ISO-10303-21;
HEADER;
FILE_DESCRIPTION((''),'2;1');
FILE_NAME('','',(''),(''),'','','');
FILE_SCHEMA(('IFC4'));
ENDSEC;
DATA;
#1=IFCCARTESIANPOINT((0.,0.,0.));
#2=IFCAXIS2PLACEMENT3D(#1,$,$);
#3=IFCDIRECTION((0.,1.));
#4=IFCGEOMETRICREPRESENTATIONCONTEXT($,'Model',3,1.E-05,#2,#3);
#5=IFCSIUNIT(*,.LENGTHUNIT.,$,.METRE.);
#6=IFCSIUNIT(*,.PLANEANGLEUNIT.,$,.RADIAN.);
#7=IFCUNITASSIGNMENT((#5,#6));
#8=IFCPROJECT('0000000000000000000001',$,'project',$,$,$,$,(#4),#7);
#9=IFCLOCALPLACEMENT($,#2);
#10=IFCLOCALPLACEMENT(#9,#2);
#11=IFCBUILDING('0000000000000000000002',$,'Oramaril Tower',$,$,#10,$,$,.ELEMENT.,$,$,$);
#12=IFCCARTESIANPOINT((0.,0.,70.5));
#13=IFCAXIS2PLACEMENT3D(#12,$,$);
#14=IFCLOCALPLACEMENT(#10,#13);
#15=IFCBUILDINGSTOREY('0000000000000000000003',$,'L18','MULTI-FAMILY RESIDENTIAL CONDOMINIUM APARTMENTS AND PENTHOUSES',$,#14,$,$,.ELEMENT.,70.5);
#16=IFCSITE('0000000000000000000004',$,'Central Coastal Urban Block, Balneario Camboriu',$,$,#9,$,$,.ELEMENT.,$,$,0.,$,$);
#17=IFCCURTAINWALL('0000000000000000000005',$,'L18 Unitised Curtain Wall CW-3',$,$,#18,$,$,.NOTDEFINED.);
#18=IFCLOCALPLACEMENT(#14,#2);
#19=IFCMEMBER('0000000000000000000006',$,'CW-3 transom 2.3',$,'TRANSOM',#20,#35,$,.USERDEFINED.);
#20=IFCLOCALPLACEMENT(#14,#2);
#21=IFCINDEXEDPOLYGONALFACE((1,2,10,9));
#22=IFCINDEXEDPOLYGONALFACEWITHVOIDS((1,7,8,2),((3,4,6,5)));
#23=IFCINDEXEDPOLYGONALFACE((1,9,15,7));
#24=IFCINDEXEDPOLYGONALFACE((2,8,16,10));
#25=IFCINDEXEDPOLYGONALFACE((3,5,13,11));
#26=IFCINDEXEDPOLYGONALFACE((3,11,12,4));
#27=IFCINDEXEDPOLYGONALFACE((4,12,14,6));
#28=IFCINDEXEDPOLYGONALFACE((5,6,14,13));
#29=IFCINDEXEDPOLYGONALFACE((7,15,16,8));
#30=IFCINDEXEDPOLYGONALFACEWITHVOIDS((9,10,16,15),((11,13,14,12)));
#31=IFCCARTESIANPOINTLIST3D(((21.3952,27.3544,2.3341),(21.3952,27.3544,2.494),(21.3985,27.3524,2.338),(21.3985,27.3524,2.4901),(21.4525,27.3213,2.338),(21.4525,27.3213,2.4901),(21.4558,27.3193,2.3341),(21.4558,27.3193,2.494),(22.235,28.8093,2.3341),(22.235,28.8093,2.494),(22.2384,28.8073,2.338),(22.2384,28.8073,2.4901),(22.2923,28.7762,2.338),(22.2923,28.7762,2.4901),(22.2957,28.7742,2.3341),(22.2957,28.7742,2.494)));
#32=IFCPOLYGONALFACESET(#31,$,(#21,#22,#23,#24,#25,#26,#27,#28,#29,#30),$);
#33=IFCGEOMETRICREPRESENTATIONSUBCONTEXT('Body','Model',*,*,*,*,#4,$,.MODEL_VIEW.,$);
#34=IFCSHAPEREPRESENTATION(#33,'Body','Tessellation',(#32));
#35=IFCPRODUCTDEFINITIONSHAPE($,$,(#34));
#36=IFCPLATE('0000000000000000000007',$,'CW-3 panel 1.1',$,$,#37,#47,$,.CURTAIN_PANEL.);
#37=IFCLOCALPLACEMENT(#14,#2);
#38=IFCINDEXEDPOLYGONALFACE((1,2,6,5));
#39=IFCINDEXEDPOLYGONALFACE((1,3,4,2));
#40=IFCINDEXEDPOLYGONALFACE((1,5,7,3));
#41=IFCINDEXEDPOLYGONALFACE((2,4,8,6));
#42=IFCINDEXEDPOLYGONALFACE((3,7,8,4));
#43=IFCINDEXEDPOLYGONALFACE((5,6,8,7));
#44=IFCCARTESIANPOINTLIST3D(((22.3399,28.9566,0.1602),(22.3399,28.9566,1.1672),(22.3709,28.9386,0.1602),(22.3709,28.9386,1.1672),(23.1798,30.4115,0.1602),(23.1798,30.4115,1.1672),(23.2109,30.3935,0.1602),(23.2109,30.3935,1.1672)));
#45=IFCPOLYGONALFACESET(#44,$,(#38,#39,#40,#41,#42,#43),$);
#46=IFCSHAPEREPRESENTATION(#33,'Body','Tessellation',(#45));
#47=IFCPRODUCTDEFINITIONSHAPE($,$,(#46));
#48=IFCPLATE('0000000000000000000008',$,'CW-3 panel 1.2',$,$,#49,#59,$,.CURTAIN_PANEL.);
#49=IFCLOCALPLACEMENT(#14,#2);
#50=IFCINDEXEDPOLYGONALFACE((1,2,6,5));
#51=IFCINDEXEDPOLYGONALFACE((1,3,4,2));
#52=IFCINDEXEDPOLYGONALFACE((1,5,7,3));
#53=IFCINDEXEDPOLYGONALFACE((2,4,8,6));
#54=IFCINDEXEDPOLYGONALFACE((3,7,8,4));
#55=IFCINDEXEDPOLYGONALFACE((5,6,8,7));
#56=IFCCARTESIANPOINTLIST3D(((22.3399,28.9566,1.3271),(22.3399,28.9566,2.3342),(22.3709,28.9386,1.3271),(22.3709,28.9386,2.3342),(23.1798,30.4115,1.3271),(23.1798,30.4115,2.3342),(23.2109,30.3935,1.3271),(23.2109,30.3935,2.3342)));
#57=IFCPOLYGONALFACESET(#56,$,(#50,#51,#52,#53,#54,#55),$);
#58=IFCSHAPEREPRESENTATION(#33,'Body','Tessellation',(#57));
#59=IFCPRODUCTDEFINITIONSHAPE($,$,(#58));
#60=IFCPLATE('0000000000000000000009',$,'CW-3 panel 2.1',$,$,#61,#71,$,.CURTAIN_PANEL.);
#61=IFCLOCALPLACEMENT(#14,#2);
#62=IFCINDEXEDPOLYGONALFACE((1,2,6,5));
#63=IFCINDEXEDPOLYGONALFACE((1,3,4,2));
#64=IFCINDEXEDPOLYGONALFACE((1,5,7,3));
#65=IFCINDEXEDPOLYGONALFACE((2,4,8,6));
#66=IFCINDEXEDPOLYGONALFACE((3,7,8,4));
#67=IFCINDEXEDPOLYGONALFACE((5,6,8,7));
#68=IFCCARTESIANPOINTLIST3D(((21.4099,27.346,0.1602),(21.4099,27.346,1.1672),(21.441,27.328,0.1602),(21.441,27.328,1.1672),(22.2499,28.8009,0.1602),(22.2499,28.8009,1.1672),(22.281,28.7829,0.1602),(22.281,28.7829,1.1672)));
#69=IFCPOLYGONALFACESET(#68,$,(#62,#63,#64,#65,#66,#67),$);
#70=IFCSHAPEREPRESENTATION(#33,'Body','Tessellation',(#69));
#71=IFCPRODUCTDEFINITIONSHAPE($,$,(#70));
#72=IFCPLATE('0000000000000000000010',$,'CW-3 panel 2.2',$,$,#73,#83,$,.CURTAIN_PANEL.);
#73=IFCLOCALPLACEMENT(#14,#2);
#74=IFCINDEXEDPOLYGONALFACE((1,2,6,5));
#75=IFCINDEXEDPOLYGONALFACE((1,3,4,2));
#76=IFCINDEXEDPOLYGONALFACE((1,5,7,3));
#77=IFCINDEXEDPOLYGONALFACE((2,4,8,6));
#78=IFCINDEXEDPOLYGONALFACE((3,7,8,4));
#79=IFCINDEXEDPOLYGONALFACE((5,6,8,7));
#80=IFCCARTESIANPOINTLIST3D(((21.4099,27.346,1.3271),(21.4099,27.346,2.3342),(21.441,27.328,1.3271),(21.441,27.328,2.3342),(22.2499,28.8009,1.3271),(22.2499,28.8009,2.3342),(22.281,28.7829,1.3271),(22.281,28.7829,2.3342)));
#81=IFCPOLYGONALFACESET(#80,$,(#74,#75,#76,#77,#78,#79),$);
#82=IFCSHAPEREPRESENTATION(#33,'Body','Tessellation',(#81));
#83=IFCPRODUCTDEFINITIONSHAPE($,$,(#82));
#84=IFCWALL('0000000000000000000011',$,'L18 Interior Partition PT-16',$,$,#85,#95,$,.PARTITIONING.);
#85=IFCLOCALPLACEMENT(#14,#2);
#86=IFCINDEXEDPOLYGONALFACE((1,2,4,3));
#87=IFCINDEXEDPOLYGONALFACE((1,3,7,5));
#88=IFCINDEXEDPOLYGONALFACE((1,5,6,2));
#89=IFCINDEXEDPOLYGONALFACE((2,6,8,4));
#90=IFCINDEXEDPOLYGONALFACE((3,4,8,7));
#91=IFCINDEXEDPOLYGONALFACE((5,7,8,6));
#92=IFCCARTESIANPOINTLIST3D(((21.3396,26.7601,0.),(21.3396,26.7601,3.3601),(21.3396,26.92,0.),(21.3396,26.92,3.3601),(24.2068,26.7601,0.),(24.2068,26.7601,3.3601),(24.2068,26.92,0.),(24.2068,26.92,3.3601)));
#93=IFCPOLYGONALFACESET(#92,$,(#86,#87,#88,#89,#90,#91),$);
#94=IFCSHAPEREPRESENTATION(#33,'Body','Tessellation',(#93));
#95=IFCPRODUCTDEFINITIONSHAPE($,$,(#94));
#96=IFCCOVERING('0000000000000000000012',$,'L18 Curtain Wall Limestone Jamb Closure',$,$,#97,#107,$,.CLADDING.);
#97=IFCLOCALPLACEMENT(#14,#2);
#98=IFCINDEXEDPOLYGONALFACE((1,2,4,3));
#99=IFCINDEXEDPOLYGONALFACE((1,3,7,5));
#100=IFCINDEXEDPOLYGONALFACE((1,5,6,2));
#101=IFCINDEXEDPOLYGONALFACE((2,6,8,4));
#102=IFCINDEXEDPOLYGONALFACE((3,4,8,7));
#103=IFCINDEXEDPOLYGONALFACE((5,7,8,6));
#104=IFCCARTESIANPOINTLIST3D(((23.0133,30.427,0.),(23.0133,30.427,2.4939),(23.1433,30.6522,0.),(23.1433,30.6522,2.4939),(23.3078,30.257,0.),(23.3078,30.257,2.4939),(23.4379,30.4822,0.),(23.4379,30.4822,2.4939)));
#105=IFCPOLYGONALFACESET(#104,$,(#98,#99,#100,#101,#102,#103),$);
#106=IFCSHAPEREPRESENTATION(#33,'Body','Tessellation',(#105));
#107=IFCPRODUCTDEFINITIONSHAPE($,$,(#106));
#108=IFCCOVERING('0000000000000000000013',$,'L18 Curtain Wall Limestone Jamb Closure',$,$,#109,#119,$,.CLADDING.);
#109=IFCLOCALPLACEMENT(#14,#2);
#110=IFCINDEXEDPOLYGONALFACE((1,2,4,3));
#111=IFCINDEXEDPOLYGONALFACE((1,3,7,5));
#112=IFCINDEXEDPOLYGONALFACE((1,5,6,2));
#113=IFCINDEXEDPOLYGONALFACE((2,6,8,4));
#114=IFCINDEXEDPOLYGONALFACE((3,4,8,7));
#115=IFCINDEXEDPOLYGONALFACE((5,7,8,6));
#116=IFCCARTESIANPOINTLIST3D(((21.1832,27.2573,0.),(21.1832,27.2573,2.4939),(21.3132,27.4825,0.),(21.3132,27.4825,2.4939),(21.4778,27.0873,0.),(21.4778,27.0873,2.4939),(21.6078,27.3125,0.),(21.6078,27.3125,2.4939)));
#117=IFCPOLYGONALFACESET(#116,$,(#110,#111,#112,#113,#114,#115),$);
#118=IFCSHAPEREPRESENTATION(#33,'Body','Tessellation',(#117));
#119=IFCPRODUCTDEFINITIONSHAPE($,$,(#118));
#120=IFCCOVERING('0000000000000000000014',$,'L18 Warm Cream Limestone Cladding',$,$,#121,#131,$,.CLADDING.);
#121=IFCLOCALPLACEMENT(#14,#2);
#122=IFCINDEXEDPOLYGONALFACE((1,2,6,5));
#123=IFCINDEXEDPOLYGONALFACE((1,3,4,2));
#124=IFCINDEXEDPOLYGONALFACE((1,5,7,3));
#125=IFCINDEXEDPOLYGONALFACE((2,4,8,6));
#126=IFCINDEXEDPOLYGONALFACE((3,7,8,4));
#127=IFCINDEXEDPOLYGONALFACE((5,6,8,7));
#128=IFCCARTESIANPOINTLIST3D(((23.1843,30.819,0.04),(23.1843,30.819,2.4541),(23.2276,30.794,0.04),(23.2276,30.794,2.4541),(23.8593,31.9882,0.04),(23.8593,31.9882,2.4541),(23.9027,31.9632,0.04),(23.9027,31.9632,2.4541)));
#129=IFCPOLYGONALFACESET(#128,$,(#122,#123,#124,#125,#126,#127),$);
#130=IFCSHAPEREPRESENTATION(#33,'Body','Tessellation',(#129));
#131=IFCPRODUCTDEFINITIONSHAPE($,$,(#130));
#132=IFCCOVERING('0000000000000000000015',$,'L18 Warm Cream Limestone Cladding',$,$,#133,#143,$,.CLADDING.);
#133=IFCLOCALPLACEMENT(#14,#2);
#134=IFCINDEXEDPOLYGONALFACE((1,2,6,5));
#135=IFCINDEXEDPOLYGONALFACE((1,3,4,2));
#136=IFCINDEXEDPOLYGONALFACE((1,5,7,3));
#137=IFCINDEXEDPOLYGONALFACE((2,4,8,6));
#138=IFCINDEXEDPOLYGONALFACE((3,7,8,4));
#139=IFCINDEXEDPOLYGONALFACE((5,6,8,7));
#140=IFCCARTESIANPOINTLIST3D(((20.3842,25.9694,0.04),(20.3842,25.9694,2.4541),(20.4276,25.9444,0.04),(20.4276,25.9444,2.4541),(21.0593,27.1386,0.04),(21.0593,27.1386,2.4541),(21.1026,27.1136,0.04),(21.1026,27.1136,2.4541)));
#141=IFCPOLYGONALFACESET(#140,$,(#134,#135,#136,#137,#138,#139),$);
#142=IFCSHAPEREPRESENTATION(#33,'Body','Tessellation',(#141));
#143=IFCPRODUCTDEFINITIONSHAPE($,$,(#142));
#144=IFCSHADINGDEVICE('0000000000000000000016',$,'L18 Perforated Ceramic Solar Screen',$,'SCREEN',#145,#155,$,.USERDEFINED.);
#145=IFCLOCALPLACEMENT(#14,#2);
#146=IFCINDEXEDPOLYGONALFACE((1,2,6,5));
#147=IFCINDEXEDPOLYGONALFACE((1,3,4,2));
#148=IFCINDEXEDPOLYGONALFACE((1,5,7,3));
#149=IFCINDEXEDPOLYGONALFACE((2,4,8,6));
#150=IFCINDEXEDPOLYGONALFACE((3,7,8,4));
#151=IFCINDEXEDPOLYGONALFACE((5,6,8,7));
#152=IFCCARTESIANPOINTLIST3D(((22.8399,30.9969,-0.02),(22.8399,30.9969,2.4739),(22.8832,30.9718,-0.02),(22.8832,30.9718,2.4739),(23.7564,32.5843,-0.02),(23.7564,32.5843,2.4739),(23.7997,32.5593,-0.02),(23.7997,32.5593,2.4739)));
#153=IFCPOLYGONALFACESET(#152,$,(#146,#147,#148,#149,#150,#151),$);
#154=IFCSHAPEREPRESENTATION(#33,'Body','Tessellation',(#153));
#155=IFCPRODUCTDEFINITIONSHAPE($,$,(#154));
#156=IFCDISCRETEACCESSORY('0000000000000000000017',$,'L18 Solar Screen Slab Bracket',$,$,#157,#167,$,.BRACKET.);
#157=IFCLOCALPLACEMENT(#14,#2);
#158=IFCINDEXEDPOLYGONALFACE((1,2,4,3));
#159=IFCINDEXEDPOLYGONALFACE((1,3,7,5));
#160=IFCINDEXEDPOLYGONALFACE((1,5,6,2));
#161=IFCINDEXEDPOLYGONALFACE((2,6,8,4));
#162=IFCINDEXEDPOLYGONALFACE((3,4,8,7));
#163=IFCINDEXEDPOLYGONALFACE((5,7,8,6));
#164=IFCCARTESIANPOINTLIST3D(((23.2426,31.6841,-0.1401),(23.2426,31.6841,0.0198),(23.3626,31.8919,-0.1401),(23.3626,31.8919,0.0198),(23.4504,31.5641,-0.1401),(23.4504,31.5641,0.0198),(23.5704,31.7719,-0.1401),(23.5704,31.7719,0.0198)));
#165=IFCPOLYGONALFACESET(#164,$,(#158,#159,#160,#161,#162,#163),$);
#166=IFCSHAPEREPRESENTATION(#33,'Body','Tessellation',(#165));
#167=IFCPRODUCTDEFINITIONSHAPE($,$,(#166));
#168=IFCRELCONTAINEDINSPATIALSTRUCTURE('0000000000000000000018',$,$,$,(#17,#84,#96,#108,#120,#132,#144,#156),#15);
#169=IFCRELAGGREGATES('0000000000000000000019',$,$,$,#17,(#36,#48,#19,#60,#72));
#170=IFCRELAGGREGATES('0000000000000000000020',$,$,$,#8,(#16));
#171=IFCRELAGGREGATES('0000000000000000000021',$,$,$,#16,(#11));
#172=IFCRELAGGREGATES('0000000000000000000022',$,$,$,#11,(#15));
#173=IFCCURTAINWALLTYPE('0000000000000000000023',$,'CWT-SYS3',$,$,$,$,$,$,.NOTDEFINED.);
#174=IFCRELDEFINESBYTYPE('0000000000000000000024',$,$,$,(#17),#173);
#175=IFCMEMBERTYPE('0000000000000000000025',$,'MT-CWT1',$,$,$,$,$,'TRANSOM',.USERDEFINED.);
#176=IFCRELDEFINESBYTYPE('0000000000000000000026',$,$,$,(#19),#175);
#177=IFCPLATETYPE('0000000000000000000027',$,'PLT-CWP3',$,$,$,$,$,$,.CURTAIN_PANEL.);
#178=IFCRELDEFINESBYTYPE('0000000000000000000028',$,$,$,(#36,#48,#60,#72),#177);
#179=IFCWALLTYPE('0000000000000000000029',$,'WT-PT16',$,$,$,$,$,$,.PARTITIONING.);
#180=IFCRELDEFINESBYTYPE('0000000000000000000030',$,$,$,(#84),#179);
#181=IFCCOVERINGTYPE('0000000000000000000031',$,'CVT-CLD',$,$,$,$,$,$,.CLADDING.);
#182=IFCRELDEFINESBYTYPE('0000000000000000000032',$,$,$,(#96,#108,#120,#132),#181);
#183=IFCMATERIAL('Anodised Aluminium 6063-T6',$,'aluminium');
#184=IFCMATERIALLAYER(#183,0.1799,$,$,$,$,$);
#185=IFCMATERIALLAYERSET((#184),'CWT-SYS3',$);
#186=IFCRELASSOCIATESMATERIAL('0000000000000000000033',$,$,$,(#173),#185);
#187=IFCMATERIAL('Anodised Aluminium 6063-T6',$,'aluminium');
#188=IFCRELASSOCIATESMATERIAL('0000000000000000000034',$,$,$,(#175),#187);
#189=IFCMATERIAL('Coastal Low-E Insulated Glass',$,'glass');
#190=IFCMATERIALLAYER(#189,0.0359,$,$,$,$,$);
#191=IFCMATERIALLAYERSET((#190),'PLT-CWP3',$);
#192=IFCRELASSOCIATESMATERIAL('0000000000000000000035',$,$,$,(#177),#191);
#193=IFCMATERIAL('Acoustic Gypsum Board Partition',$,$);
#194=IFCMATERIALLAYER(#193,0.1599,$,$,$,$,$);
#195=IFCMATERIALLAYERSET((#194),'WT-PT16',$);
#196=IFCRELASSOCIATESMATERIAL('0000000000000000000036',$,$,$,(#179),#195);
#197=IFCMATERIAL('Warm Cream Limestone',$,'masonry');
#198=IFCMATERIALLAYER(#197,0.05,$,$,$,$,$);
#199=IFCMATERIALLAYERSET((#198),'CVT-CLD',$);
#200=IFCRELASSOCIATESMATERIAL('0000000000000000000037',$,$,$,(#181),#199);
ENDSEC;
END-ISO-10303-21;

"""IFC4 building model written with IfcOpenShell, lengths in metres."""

from ifc_helpers import new_model, si_unit, direction, frame, frame_2d, origin, origin_2d, place, context, subcontext, project, spatial, rectangle, hollow_rectangle, extrude, material, layer, layer_set, material_profile, profile_set, type_object, element, aggregate, save


model = new_model("IFC4")

# Units and contexts
model_context = context("Model", 3, precision=1e-05, world=origin(), true_north=direction((0.0, 1.0)))
body_context = subcontext(model_context, "Body", "Model", "MODEL_VIEW")
ifc_project = project(units=[si_unit("LENGTHUNIT", "METRE"), si_unit("PLANEANGLEUNIT", "RADIAN")], contexts=[model_context])

# Site, building, storey
site_placement = place(None, origin())
site = spatial("IfcSite", under=ifc_project, at=site_placement, Name="Central Coastal Urban Block, Balneario Camboriu", CompositionType="ELEMENT", RefElevation=0.0)
building_placement = place(site_placement, origin())
building = spatial("IfcBuilding", under=site, at=building_placement, Name="Oramaril Tower", CompositionType="ELEMENT")
storey_placement = place(building_placement, frame((0.0, 0.0, 70.5)))
storey = spatial("IfcBuildingStorey", under=building, at=storey_placement, Name="L18", Description="MULTI-FAMILY RESIDENTIAL CONDOMINIUM APARTMENTS AND PENTHOUSES", CompositionType="ELEMENT", Elevation=70.5)

# Curtain wall, member, plates
ifc_material_1 = material(Name="Anodised Aluminium 6063-T6", Category="aluminium")
ifc_layer_1 = layer(ifc_material_1, 0.1799)
ifc_layer_set_1 = layer_set([ifc_layer_1], Name="CWT-SYS3")
curtain_wall_type = type_object("IfcCurtainWallType", Name="CWT-SYS3", PredefinedType="NOTDEFINED", material=ifc_layer_set_1)
curtain_wall_placement = place(storey_placement, origin())
curtain_wall = element("IfcCurtainWall", 1, at=curtain_wall_placement, inside=storey, type_object=curtain_wall_type, Name="L18 Unitised Curtain Wall CW-3", PredefinedType="NOTDEFINED")
ifc_material_2 = material(Name="Anodised Aluminium 6063-T6", Category="aluminium")
ifc_material_profile_1 = material_profile(ifc_material_2, hollow_rectangle(XDim=0.0701, YDim=0.1599, WallThickness=0.0039, at=origin_2d()), Name="CWT160X70")
ifc_profile_set_1 = profile_set([ifc_material_profile_1], Name="Anodised Aluminium 6063-T6")
member_type_1 = type_object("IfcMemberType", Name="MT-CWT1", ElementType="TRANSOM", PredefinedType="USERDEFINED", material=ifc_profile_set_1)
member_1_placement = place(storey_placement, frame((22.2654, 28.7917, 2.4141), z_axis=(-0.499953, -0.866052, 0.0), x_axis=(0.866052, -0.499953, 0.0)))
member_1 = element("IfcMember", 2, at=member_1_placement, type_object=member_type_1, Name="CW-3 transom 2.3", ObjectType="TRANSOM", PredefinedType="USERDEFINED", context=body_context, shape_type="SweptSolid", body=[
    extrude(hollow_rectangle(XDim=0.0701, YDim=0.1599, WallThickness=0.0039, at=origin_2d()), origin(), (0.0, 0.0, 1.0), 1.6799),
])
ifc_material_3 = material(Name="Coastal Low-E Insulated Glass", Category="glass")
ifc_layer_2 = layer(ifc_material_3, 0.0359)
ifc_layer_set_2 = layer_set([ifc_layer_2], Name="PLT-CWP3")
plate_type = type_object("IfcPlateType", Name="PLT-CWP3", PredefinedType="CURTAIN_PANEL", material=ifc_layer_set_2)
plate_1_placement = place(storey_placement, frame((22.7754, 29.675, 0.1602), z_axis=(0.0, 0.0, 1.0), x_axis=(-0.5, -0.866025, 0.0)))
plate_1 = element("IfcPlate", 3, at=plate_1_placement, type_object=plate_type, Name="CW-3 panel 1.1", PredefinedType="CURTAIN_PANEL", context=body_context, shape_type="SweptSolid", body=[
    extrude(rectangle(XDim=1.6799, YDim=0.0359, at=origin_2d()), origin(), (0.0, 0.0, 1.0), 1.0071),
])
plate_2_placement = place(storey_placement, frame((22.7754, 29.675, 1.3271), z_axis=(0.0, 0.0, 1.0), x_axis=(-0.5, -0.866025, 0.0)))
plate_2 = element("IfcPlate", 4, at=plate_2_placement, type_object=plate_type, Name="CW-3 panel 1.2", PredefinedType="CURTAIN_PANEL", context=body_context, shape_type="SweptSolid", body=[
    extrude(rectangle(XDim=1.6799, YDim=0.0359, at=origin_2d()), origin(), (0.0, 0.0, 1.0), 1.0071),
])
plate_3_placement = place(storey_placement, frame((21.8455, 28.0645, 0.1602), z_axis=(0.0, 0.0, 1.0), x_axis=(-0.5, -0.866025, 0.0)))
plate_3 = element("IfcPlate", 5, at=plate_3_placement, type_object=plate_type, Name="CW-3 panel 2.1", PredefinedType="CURTAIN_PANEL", context=body_context, shape_type="SweptSolid", body=[
    extrude(rectangle(XDim=1.6799, YDim=0.0359, at=origin_2d()), origin(), (0.0, 0.0, 1.0), 1.0071),
])
plate_4_placement = place(storey_placement, frame((21.8455, 28.0645, 1.3271), z_axis=(0.0, 0.0, 1.0), x_axis=(-0.5, -0.866025, 0.0)))
plate_4 = element("IfcPlate", 6, at=plate_4_placement, type_object=plate_type, Name="CW-3 panel 2.2", PredefinedType="CURTAIN_PANEL", context=body_context, shape_type="SweptSolid", body=[
    extrude(rectangle(XDim=1.6799, YDim=0.0359, at=origin_2d()), origin(), (0.0, 0.0, 1.0), 1.0071),
])
aggregate(curtain_wall, [plate_1, plate_2, member_1, plate_3, plate_4])

# Wall
ifc_material_4 = material(Name="Acoustic Gypsum Board Partition")
ifc_layer_3 = layer(ifc_material_4, 0.1599)
ifc_layer_set_3 = layer_set([ifc_layer_3], Name="WT-PT16")
wall_type_1 = type_object("IfcWallType", Name="WT-PT16", PredefinedType="PARTITIONING", material=ifc_layer_set_3)
wall_1_placement = place(storey_placement, frame((21.3396, 26.8401, 0.0), z_axis=(0.0, 0.0, 1.0), x_axis=(1.0, 0.0, 0.0)))
element("IfcWall", 7, at=wall_1_placement, inside=storey, type_object=wall_type_1, Name="L18 Interior Partition PT-16", PredefinedType="PARTITIONING", context=body_context, shape_type="SweptSolid", body=[
    extrude(rectangle(XDim=2.8672, YDim=0.1599, at=frame_2d((1.4336, 0.0))), origin(), (0.0, 0.0, 1.0), 3.3601),
])

# Coverings
ifc_material_5 = material(Name="Warm Cream Limestone", Category="masonry")
ifc_layer_4 = layer(ifc_material_5, 0.05)
ifc_layer_set_4 = layer_set([ifc_layer_4], Name="CVT-CLD")
covering_type = type_object("IfcCoveringType", Name="CVT-CLD", PredefinedType="CLADDING", material=ifc_layer_set_4)
for number, where, z_axis, x_axis, name in (
    (8, (23.2256, 30.4546, 0.0), (0.0, 0.0, 1.0), (-0.5, -0.866025, 0.0), "L18 Curtain Wall Limestone Jamb Closure"),
    (9, (21.3955, 27.2849, 0.0), (0.0, 0.0, 1.0), (-0.5, -0.866025, 0.0), "L18 Curtain Wall Limestone Jamb Closure"),
):
    element("IfcCovering", number, at=place(storey_placement, frame(where, z_axis=z_axis, x_axis=x_axis)), inside=storey, type_object=covering_type, Name=name, PredefinedType="CLADDING", context=body_context, shape_type="SweptSolid", body=[
        extrude(rectangle(XDim=0.26, YDim=0.3401, at=origin_2d()), origin(), (0.0, 0.0, 1.0), 2.4939),
    ])
for number, where, z_axis, x_axis, name in (
    (10, (23.5435, 31.3911, 0.04), (0.0, 0.0, 1.0), (-0.5, -0.866025, 0.0), "L18 Warm Cream Limestone Cladding"),
    (11, (20.7434, 26.5415, 0.04), (0.0, 0.0, 1.0), (-0.5, -0.866025, 0.0), "L18 Warm Cream Limestone Cladding"),
):
    element("IfcCovering", number, at=place(storey_placement, frame(where, z_axis=z_axis, x_axis=x_axis)), inside=storey, type_object=covering_type, Name=name, PredefinedType="CLADDING", context=body_context, shape_type="SweptSolid", body=[
        extrude(rectangle(XDim=1.3501, YDim=0.05, at=origin_2d()), origin(), (0.0, 0.0, 1.0), 2.4141),
    ])

# Shading device
shading_device_placement = place(storey_placement, frame((23.3198, 31.7781, -0.02), z_axis=(0.0, 0.0, 1.0), x_axis=(-0.499998, -0.866026, 0.0)))
element("IfcShadingDevice", 12, at=shading_device_placement, inside=storey, Name="L18 Perforated Ceramic Solar Screen", ObjectType="SCREEN", PredefinedType="USERDEFINED", context=body_context, shape_type="SweptSolid", body=[
    extrude(rectangle(XDim=1.833, YDim=0.05, at=origin_2d()), origin(), (0.0, 0.0, 1.0), 2.4939),
])

# Discrete accessory
discrete_accessory_placement = place(storey_placement, frame((23.4065, 31.728, -0.1401), z_axis=(0.0, 0.0, 1.0), x_axis=(-0.499998, -0.866026, 0.0)))
element("IfcDiscreteAccessory", 13, at=discrete_accessory_placement, inside=storey, Name="L18 Solar Screen Slab Bracket", PredefinedType="BRACKET", context=body_context, shape_type="SweptSolid", body=[
    extrude(rectangle(XDim=0.24, YDim=0.24, at=origin_2d()), origin(), (0.0, 0.0, 1.0), 0.1599),
])

save(model, "model.ifc")
